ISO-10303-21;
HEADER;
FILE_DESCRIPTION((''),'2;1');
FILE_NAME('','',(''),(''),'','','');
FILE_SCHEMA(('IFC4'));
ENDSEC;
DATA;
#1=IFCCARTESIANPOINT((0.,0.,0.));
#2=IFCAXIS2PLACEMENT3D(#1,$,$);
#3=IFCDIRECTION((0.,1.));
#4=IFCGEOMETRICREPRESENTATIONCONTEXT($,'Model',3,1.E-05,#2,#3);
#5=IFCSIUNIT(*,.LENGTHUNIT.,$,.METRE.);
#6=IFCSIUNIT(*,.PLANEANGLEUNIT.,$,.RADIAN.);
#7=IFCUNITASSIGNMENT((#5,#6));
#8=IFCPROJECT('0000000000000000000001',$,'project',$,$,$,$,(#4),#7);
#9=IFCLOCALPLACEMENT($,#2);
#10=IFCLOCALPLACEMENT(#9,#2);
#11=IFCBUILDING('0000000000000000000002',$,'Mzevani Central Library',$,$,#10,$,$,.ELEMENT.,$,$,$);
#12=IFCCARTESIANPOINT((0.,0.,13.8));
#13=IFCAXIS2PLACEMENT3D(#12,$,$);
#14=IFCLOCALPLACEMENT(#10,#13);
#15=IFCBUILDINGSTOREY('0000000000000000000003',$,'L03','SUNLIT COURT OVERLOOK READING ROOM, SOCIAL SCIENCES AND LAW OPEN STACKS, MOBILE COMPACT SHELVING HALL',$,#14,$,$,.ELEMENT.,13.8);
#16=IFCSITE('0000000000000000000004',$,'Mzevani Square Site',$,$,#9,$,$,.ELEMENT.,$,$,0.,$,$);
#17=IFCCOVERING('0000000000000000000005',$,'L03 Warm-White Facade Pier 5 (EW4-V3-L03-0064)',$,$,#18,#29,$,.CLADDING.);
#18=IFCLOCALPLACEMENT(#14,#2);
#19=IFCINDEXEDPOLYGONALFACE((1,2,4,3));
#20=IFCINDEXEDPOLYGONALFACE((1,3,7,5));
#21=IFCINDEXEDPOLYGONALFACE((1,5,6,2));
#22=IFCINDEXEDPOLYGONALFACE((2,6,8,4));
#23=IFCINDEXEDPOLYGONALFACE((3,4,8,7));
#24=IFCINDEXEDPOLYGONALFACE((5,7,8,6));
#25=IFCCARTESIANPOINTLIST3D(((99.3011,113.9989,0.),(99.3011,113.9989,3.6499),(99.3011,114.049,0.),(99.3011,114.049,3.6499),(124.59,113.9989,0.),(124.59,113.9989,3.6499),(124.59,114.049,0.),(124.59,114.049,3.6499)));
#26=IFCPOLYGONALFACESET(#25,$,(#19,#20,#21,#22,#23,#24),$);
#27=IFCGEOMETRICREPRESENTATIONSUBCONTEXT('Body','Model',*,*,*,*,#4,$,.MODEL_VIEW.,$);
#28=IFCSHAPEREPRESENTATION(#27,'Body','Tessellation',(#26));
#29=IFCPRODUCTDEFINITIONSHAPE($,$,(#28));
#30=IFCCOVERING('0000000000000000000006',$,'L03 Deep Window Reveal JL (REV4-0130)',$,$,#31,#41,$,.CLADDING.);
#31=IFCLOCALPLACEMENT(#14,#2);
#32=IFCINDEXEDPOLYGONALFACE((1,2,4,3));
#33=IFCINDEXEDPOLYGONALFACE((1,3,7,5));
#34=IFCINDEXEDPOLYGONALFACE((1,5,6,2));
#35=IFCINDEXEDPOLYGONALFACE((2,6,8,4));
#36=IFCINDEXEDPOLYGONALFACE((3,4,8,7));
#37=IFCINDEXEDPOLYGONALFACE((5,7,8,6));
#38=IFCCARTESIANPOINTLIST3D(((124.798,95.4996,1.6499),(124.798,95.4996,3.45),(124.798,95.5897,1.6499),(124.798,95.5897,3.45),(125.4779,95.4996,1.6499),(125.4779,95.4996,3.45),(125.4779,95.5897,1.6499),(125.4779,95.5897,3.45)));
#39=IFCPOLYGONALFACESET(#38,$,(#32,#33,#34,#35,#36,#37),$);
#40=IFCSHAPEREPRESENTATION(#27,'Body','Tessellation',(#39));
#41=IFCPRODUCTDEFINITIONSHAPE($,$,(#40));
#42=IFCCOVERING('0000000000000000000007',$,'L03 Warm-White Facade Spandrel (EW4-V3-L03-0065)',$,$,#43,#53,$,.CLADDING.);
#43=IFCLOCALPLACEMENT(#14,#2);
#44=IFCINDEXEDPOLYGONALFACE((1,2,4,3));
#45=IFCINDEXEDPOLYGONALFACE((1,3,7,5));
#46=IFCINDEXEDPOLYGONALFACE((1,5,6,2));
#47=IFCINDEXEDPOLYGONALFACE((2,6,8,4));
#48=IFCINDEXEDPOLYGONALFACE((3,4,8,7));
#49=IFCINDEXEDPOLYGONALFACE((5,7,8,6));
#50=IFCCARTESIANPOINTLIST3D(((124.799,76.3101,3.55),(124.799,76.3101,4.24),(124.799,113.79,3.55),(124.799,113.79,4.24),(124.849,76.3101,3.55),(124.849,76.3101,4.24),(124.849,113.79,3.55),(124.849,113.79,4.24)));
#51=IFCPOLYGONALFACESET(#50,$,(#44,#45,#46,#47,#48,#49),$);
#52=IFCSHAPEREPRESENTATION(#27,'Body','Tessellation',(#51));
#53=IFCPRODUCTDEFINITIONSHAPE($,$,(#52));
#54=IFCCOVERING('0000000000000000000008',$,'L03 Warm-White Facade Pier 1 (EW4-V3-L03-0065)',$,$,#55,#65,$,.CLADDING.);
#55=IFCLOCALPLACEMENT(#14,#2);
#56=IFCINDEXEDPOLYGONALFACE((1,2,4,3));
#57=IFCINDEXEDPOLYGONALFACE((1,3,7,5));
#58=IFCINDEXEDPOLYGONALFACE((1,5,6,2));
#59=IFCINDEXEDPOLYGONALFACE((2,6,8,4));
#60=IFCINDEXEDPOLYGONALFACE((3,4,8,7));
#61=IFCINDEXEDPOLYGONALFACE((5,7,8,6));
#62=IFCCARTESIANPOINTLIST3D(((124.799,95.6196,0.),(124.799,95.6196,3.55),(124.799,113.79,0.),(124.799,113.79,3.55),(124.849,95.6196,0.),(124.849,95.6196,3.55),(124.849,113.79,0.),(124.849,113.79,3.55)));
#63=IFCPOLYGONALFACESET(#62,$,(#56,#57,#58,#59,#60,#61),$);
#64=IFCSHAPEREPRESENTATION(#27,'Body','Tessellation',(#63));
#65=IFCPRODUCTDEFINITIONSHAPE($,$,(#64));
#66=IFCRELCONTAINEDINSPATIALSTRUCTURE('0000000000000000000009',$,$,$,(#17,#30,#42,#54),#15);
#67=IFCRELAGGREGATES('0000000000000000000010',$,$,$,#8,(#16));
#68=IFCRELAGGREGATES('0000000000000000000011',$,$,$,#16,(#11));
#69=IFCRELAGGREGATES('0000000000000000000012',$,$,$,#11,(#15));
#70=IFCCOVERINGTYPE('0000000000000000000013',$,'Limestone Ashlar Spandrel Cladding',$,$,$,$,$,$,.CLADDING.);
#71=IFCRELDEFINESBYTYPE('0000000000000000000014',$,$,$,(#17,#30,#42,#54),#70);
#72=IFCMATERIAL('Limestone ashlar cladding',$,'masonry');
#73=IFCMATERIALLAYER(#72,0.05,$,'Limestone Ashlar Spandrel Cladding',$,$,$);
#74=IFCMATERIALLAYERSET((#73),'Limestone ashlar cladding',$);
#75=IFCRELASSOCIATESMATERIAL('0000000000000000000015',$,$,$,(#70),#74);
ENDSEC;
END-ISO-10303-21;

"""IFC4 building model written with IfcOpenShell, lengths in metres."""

from ifc_helpers import new_model, si_unit, direction, frame, origin, origin_2d, place, context, subcontext, project, spatial, rectangle, extrude, material, layer, layer_set, type_object, element, save


model = new_model("IFC4")

# Units and contexts
model_context = context("Model", 3, precision=1e-05, world=origin(), true_north=direction((0.0, 1.0)))
body_context = subcontext(model_context, "Body", "Model", "MODEL_VIEW")
ifc_project = project(units=[si_unit("LENGTHUNIT", "METRE"), si_unit("PLANEANGLEUNIT", "RADIAN")], contexts=[model_context])

# Site, building, storey
site_placement = place(None, origin())
site = spatial("IfcSite", under=ifc_project, at=site_placement, Name="Mzevani Square Site", CompositionType="ELEMENT", RefElevation=0.0)
building_placement = place(site_placement, origin())
building = spatial("IfcBuilding", under=site, at=building_placement, Name="Mzevani Central Library", CompositionType="ELEMENT")
storey_placement = place(building_placement, frame((0.0, 0.0, 13.8)))
storey = spatial("IfcBuildingStorey", under=building, at=storey_placement, Name="L03", Description="SUNLIT COURT OVERLOOK READING ROOM, SOCIAL SCIENCES AND LAW OPEN STACKS, MOBILE COMPACT SHELVING HALL", CompositionType="ELEMENT", Elevation=13.8)

# Coverings
ifc_material_1 = material(Name="Limestone ashlar cladding", Category="masonry")
ifc_layer_1 = layer(ifc_material_1, 0.05, Name="Limestone Ashlar Spandrel Cladding")
ifc_layer_set_1 = layer_set([ifc_layer_1], Name="Limestone ashlar cladding")
covering_type = type_object("IfcCoveringType", Name="Limestone Ashlar Spandrel Cladding", PredefinedType="CLADDING", material=ifc_layer_set_1)
covering_1_placement = place(storey_placement, frame((111.9456, 114.0239, 0.0), z_axis=(0.0, 0.0, 1.0), x_axis=(1.0, 0.0, 0.0)))
element("IfcCovering", 1, at=covering_1_placement, inside=storey, type_object=covering_type, Name="L03 Warm-White Facade Pier 5 (EW4-V3-L03-0064)", PredefinedType="CLADDING", context=body_context, shape_type="SweptSolid", body=[
    extrude(rectangle(XDim=25.2888, YDim=0.05, at=origin_2d()), origin(), (0.0, 0.0, 1.0), 3.6499),
])
covering_2_placement = place(storey_placement, frame((125.1379, 95.5447, 1.6499), z_axis=(0.0, 0.0, 1.0), x_axis=(0.0, -1.0, 0.0)))
element("IfcCovering", 2, at=covering_2_placement, inside=storey, type_object=covering_type, Name="L03 Deep Window Reveal JL (REV4-0130)", PredefinedType="CLADDING", context=body_context, shape_type="SweptSolid", body=[
    extrude(rectangle(XDim=0.0901, YDim=0.6799, at=origin_2d()), origin(), (0.0, 0.0, 1.0), 1.8),
])
covering_3_placement = place(storey_placement, frame((124.824, 95.05, 3.55), z_axis=(0.0, 0.0, 1.0), x_axis=(0.0, -1.0, 0.0)))
element("IfcCovering", 3, at=covering_3_placement, inside=storey, type_object=covering_type, Name="L03 Warm-White Facade Spandrel (EW4-V3-L03-0065)", PredefinedType="CLADDING", context=body_context, shape_type="SweptSolid", body=[
    extrude(rectangle(XDim=37.48, YDim=0.05, at=origin_2d()), origin(), (0.0, 0.0, 1.0), 0.6899),
])
covering_4_placement = place(storey_placement, frame((124.824, 104.7048, 0.0), z_axis=(0.0, 0.0, 1.0), x_axis=(0.0, -1.0, 0.0)))
element("IfcCovering", 4, at=covering_4_placement, inside=storey, type_object=covering_type, Name="L03 Warm-White Facade Pier 1 (EW4-V3-L03-0065)", PredefinedType="CLADDING", context=body_context, shape_type="SweptSolid", body=[
    extrude(rectangle(XDim=18.1704, YDim=0.05, at=origin_2d()), origin(), (0.0, 0.0, 1.0), 3.55),
])

save(model, "model.ifc")
